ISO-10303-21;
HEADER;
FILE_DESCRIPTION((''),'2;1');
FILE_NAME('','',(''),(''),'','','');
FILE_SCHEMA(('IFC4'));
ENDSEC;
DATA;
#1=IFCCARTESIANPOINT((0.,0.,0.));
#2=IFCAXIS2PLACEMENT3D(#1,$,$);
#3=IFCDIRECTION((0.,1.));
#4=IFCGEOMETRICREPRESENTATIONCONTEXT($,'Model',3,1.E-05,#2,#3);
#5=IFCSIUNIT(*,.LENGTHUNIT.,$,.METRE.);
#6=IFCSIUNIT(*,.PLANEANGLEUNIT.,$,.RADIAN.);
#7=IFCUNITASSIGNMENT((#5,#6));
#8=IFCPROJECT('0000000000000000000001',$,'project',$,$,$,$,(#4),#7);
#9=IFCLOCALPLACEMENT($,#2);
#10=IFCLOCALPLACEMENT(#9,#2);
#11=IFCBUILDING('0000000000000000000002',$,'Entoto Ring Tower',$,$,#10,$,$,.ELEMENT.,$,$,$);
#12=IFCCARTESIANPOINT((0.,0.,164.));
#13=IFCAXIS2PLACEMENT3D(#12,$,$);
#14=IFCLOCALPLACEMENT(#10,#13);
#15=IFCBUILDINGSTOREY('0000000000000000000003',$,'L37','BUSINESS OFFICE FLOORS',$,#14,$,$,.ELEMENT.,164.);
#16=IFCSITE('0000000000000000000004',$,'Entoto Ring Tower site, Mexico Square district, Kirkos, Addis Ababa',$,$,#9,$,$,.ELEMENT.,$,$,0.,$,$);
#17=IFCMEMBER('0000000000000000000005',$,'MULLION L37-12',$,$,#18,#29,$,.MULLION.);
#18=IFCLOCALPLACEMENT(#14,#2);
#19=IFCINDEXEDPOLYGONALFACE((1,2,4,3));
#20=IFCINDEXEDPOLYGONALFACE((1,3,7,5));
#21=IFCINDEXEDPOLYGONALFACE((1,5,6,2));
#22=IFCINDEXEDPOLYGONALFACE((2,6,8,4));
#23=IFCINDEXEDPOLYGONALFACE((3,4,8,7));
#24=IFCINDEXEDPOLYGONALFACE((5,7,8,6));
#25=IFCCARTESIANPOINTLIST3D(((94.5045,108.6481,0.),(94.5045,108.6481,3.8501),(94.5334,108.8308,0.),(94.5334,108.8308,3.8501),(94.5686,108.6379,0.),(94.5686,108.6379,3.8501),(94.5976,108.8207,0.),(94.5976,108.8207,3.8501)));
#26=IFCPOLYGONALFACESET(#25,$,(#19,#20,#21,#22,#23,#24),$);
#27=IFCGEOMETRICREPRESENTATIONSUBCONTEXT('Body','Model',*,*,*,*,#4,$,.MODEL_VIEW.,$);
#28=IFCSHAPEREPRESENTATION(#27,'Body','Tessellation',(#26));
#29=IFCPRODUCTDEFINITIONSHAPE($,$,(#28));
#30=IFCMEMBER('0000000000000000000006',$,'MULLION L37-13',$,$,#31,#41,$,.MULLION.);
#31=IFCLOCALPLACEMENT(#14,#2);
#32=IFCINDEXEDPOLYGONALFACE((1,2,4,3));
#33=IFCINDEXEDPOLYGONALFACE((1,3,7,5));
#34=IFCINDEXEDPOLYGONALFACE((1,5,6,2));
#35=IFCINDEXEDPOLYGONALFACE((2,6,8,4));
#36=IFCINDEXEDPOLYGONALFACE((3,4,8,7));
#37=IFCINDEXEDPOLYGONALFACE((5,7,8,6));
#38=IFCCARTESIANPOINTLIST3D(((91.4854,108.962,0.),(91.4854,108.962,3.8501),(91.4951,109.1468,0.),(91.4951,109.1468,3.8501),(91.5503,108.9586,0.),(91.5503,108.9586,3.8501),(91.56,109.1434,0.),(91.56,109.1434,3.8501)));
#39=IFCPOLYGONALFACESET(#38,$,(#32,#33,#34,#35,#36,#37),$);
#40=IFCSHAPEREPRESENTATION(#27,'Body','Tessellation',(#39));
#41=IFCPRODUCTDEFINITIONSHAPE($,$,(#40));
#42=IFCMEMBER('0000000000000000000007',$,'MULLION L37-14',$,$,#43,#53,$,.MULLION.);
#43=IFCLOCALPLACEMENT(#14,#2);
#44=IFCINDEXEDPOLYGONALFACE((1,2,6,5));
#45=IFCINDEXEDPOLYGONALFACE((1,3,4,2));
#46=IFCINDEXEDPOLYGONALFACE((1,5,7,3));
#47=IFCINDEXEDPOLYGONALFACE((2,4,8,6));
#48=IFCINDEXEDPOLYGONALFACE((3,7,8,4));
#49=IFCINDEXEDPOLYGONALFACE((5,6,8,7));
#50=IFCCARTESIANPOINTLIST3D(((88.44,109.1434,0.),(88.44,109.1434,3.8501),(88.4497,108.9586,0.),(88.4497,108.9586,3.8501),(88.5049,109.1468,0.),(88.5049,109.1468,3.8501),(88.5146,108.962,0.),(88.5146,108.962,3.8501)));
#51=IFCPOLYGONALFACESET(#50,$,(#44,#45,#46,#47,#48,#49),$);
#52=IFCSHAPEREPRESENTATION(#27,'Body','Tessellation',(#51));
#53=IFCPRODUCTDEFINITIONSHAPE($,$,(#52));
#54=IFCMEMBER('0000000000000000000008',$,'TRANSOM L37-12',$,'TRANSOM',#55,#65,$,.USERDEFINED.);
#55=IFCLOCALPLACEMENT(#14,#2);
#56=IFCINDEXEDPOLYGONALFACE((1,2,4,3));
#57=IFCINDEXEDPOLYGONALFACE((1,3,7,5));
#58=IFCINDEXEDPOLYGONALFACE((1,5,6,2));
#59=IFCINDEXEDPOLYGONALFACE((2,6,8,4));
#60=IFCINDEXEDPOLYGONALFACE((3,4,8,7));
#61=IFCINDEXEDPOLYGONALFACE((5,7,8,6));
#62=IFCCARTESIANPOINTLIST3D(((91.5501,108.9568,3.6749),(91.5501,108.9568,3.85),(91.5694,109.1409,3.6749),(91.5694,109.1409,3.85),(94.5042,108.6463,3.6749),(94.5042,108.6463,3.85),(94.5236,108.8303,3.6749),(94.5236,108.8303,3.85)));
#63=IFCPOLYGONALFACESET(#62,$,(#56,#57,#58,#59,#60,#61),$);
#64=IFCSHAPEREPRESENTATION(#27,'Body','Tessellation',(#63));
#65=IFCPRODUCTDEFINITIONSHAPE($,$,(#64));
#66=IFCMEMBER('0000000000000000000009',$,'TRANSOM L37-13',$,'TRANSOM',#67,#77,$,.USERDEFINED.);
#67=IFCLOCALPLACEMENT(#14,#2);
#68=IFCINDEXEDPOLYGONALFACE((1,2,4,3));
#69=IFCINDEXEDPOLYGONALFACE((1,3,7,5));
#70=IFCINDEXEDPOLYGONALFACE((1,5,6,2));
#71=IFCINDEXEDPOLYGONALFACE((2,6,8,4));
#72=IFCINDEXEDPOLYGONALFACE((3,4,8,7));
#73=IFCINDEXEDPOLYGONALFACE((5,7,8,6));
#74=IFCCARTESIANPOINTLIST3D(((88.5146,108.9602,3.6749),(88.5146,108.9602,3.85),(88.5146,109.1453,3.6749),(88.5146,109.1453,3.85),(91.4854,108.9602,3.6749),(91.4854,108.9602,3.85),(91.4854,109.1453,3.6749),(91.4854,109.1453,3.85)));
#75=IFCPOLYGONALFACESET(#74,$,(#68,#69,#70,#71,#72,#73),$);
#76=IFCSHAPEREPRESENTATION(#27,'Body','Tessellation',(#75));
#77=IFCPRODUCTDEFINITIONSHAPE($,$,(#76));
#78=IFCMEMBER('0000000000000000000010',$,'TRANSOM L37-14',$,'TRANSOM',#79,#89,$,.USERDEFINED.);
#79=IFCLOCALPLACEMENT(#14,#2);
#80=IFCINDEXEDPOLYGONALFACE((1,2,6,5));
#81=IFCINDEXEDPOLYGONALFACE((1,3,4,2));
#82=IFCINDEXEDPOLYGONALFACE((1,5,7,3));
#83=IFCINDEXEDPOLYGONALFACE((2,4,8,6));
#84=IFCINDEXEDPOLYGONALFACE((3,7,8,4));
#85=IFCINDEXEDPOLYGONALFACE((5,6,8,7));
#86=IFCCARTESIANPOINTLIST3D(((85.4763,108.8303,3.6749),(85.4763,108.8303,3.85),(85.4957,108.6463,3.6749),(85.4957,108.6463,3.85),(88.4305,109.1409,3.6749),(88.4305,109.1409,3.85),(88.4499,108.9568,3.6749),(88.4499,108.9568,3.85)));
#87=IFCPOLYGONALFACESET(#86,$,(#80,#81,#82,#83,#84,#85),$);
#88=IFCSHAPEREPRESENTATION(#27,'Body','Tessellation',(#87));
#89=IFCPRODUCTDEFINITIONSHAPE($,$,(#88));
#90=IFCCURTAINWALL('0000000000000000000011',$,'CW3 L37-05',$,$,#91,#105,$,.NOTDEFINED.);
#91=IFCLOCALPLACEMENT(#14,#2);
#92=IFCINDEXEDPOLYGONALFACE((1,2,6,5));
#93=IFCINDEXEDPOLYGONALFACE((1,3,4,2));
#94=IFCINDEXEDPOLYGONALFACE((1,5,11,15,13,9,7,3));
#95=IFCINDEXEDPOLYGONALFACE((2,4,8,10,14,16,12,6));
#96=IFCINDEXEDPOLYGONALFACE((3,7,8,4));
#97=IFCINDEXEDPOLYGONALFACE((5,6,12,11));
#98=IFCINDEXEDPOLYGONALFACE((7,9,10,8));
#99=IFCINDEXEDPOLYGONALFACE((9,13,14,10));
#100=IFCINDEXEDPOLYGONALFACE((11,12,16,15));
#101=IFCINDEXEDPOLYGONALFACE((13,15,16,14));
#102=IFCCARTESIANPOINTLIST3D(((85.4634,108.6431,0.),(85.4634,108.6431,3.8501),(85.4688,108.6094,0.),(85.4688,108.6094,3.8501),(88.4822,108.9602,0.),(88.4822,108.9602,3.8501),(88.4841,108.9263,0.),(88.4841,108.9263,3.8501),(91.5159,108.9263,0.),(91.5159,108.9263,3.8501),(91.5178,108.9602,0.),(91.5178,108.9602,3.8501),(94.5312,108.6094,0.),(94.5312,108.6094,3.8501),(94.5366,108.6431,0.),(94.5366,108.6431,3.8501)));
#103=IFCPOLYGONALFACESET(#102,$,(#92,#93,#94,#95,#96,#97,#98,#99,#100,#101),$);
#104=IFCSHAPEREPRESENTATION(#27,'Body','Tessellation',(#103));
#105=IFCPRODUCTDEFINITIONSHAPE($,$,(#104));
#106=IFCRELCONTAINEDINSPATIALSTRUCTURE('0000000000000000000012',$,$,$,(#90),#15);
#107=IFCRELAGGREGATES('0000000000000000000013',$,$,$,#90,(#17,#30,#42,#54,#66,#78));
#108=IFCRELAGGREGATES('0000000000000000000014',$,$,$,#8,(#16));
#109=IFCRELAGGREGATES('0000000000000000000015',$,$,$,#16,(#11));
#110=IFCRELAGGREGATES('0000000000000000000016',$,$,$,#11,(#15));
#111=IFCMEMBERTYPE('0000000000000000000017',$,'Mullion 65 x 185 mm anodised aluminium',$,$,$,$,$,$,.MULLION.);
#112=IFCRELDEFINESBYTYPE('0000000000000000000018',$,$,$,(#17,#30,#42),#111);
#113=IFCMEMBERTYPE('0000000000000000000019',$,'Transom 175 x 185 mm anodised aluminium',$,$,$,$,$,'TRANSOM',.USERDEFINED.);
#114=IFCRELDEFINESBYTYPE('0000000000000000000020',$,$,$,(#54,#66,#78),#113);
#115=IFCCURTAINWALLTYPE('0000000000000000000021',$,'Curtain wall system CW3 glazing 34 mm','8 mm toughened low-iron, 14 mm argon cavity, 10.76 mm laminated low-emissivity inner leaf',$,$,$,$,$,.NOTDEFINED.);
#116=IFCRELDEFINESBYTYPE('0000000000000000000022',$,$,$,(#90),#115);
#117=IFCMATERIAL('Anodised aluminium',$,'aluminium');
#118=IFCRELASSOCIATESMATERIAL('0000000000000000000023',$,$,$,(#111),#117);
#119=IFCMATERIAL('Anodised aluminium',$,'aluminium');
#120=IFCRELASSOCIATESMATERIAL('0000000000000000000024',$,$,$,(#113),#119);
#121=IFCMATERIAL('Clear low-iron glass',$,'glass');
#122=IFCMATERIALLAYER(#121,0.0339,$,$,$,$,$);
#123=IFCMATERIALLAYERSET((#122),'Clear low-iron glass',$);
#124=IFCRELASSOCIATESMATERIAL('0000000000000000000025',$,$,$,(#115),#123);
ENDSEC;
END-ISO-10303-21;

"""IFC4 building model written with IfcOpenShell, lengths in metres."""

from ifc_helpers import new_model, si_unit, direction, frame, origin, origin_2d, place, context, subcontext, project, spatial, polyline, rectangle, outline, extrude, material, layer, layer_set, material_profile, profile_set, type_object, element, aggregate, save


model = new_model("IFC4")

# Units and contexts
model_context = context("Model", 3, precision=1e-05, world=origin(), true_north=direction((0.0, 1.0)))
body_context = subcontext(model_context, "Body", "Model", "MODEL_VIEW")
ifc_project = project(units=[si_unit("LENGTHUNIT", "METRE"), si_unit("PLANEANGLEUNIT", "RADIAN")], contexts=[model_context])

# Members
ifc_material_1 = material(Name="Anodised aluminium", Category="aluminium")
ifc_material_profile_1 = material_profile(ifc_material_1, rectangle(XDim=0.0649, YDim=0.1851, at=origin_2d()), Name="Mullion 65 x 185 mm anodised aluminium")
ifc_profile_set_1 = profile_set([ifc_material_profile_1], Name="Anodised aluminium")
member_type_1 = type_object("IfcMemberType", Name="Mullion 65 x 185 mm anodised aluminium", PredefinedType="MULLION", material=ifc_profile_set_1)
site_placement = place(None, origin())
building_placement = place(site_placement, origin())
storey_placement = place(building_placement, frame((0.0, 0.0, 164.0)))
member_1_placement = place(storey_placement, frame((94.551, 108.7344, 0.0), z_axis=(0.0, 0.0, 1.0), x_axis=(-0.987688, 0.156434, 0.0)))
member_1 = element("IfcMember", 1, at=member_1_placement, type_object=member_type_1, Name="MULLION L37-12", PredefinedType="MULLION", context=body_context, shape_type="SweptSolid", body=[
    extrude(rectangle(XDim=0.0649, YDim=0.1851, at=origin_2d()), origin(), (0.0, 0.0, 1.0), 3.8501),
])
member_2_placement = place(storey_placement, frame((91.5227, 109.0527, 0.0), z_axis=(0.0, 0.0, 1.0), x_axis=(-0.99863, 0.052336, 0.0)))
member_2 = element("IfcMember", 2, at=member_2_placement, type_object=member_type_1, Name="MULLION L37-13", PredefinedType="MULLION", context=body_context, shape_type="SweptSolid", body=[
    extrude(rectangle(XDim=0.0649, YDim=0.1851, at=origin_2d()), origin(), (0.0, 0.0, 1.0), 3.8501),
])
member_3_placement = place(storey_placement, frame((88.4773, 109.0527, 0.0), z_axis=(0.0, 0.0, 1.0), x_axis=(-0.99863, -0.052336, 0.0)))
member_3 = element("IfcMember", 3, at=member_3_placement, type_object=member_type_1, Name="MULLION L37-14", PredefinedType="MULLION", context=body_context, shape_type="SweptSolid", body=[
    extrude(rectangle(XDim=0.0649, YDim=0.1851, at=origin_2d()), origin(), (0.0, 0.0, 1.0), 3.8501),
])
ifc_material_2 = material(Name="Anodised aluminium", Category="aluminium")
ifc_material_profile_2 = material_profile(ifc_material_2, rectangle(XDim=0.1851, YDim=0.175, at=origin_2d()), Name="Transom 175 x 185 mm anodised aluminium")
ifc_profile_set_2 = profile_set([ifc_material_profile_2], Name="Anodised aluminium")
member_type_2 = type_object("IfcMemberType", Name="Transom 175 x 185 mm anodised aluminium", ElementType="TRANSOM", PredefinedType="USERDEFINED", material=ifc_profile_set_2)
member_4_placement = place(storey_placement, frame((94.5139, 108.7383, 3.7625), z_axis=(-0.99452, 0.104548, 0.0), x_axis=(-0.104548, -0.99452, 0.0)))
member_4 = element("IfcMember", 4, at=member_4_placement, type_object=member_type_2, Name="TRANSOM L37-12", ObjectType="TRANSOM", PredefinedType="USERDEFINED", context=body_context, shape_type="SweptSolid", body=[
    extrude(rectangle(XDim=0.1851, YDim=0.175, at=origin_2d()), origin(), (0.0, 0.0, 1.0), 2.9705),
])
member_5_placement = place(storey_placement, frame((91.4854, 109.0527, 3.7625), z_axis=(-1.0, 0.0, 0.0), x_axis=(0.0, -1.0, 0.0)))
member_5 = element("IfcMember", 5, at=member_5_placement, type_object=member_type_2, Name="TRANSOM L37-13", ObjectType="TRANSOM", PredefinedType="USERDEFINED", context=body_context, shape_type="SweptSolid", body=[
    extrude(rectangle(XDim=0.1851, YDim=0.175, at=origin_2d()), origin(), (0.0, 0.0, 1.0), 2.9707),
])
member_6_placement = place(storey_placement, frame((88.4402, 109.0488, 3.7625), z_axis=(-0.99452, -0.104548, 0.0), x_axis=(0.104548, -0.99452, 0.0)))
member_6 = element("IfcMember", 6, at=member_6_placement, type_object=member_type_2, Name="TRANSOM L37-14", ObjectType="TRANSOM", PredefinedType="USERDEFINED", context=body_context, shape_type="SweptSolid", body=[
    extrude(rectangle(XDim=0.1851, YDim=0.175, at=origin_2d()), origin(), (0.0, 0.0, 1.0), 2.9705),
])

# Site, building, storey
site = spatial("IfcSite", under=ifc_project, at=site_placement, Name="Entoto Ring Tower site, Mexico Square district, Kirkos, Addis Ababa", CompositionType="ELEMENT", RefElevation=0.0)
building = spatial("IfcBuilding", under=site, at=building_placement, Name="Entoto Ring Tower", CompositionType="ELEMENT")
storey = spatial("IfcBuildingStorey", under=building, at=storey_placement, Name="L37", Description="BUSINESS OFFICE FLOORS", CompositionType="ELEMENT", Elevation=164.0)

# Curtain wall
ifc_material_3 = material(Name="Clear low-iron glass", Category="glass")
ifc_layer = layer(ifc_material_3, 0.0339)
ifc_layer_set = layer_set([ifc_layer], Name="Clear low-iron glass")
curtain_wall_type = type_object("IfcCurtainWallType", Name="Curtain wall system CW3 glazing 34 mm", Description="8 mm toughened low-iron, 14 mm argon cavity, 10.76 mm laminated low-emissivity inner leaf", PredefinedType="NOTDEFINED", material=ifc_layer_set)
curtain_wall_1_placement = place(storey_placement, origin())
curtain_wall_1 = element("IfcCurtainWall", 7, at=curtain_wall_1_placement, inside=storey, type_object=curtain_wall_type, Name="CW3 L37-05", PredefinedType="NOTDEFINED", context=body_context, shape_type="SweptSolid", body=[
    extrude(outline(polyline([(94.5366, 108.6431), (91.5178, 108.9602), (88.4822, 108.9602), (85.4634, 108.6431), (85.4688, 108.6094), (88.4841, 108.9263), (91.5159, 108.9263), (94.5312, 108.6094), (94.5366, 108.6431)])), origin(), (0.0, 0.0, 1.0), 3.8501),
])
aggregate(curtain_wall_1, [member_1, member_2, member_3, member_4, member_5, member_6])

save(model, "model.ifc")
